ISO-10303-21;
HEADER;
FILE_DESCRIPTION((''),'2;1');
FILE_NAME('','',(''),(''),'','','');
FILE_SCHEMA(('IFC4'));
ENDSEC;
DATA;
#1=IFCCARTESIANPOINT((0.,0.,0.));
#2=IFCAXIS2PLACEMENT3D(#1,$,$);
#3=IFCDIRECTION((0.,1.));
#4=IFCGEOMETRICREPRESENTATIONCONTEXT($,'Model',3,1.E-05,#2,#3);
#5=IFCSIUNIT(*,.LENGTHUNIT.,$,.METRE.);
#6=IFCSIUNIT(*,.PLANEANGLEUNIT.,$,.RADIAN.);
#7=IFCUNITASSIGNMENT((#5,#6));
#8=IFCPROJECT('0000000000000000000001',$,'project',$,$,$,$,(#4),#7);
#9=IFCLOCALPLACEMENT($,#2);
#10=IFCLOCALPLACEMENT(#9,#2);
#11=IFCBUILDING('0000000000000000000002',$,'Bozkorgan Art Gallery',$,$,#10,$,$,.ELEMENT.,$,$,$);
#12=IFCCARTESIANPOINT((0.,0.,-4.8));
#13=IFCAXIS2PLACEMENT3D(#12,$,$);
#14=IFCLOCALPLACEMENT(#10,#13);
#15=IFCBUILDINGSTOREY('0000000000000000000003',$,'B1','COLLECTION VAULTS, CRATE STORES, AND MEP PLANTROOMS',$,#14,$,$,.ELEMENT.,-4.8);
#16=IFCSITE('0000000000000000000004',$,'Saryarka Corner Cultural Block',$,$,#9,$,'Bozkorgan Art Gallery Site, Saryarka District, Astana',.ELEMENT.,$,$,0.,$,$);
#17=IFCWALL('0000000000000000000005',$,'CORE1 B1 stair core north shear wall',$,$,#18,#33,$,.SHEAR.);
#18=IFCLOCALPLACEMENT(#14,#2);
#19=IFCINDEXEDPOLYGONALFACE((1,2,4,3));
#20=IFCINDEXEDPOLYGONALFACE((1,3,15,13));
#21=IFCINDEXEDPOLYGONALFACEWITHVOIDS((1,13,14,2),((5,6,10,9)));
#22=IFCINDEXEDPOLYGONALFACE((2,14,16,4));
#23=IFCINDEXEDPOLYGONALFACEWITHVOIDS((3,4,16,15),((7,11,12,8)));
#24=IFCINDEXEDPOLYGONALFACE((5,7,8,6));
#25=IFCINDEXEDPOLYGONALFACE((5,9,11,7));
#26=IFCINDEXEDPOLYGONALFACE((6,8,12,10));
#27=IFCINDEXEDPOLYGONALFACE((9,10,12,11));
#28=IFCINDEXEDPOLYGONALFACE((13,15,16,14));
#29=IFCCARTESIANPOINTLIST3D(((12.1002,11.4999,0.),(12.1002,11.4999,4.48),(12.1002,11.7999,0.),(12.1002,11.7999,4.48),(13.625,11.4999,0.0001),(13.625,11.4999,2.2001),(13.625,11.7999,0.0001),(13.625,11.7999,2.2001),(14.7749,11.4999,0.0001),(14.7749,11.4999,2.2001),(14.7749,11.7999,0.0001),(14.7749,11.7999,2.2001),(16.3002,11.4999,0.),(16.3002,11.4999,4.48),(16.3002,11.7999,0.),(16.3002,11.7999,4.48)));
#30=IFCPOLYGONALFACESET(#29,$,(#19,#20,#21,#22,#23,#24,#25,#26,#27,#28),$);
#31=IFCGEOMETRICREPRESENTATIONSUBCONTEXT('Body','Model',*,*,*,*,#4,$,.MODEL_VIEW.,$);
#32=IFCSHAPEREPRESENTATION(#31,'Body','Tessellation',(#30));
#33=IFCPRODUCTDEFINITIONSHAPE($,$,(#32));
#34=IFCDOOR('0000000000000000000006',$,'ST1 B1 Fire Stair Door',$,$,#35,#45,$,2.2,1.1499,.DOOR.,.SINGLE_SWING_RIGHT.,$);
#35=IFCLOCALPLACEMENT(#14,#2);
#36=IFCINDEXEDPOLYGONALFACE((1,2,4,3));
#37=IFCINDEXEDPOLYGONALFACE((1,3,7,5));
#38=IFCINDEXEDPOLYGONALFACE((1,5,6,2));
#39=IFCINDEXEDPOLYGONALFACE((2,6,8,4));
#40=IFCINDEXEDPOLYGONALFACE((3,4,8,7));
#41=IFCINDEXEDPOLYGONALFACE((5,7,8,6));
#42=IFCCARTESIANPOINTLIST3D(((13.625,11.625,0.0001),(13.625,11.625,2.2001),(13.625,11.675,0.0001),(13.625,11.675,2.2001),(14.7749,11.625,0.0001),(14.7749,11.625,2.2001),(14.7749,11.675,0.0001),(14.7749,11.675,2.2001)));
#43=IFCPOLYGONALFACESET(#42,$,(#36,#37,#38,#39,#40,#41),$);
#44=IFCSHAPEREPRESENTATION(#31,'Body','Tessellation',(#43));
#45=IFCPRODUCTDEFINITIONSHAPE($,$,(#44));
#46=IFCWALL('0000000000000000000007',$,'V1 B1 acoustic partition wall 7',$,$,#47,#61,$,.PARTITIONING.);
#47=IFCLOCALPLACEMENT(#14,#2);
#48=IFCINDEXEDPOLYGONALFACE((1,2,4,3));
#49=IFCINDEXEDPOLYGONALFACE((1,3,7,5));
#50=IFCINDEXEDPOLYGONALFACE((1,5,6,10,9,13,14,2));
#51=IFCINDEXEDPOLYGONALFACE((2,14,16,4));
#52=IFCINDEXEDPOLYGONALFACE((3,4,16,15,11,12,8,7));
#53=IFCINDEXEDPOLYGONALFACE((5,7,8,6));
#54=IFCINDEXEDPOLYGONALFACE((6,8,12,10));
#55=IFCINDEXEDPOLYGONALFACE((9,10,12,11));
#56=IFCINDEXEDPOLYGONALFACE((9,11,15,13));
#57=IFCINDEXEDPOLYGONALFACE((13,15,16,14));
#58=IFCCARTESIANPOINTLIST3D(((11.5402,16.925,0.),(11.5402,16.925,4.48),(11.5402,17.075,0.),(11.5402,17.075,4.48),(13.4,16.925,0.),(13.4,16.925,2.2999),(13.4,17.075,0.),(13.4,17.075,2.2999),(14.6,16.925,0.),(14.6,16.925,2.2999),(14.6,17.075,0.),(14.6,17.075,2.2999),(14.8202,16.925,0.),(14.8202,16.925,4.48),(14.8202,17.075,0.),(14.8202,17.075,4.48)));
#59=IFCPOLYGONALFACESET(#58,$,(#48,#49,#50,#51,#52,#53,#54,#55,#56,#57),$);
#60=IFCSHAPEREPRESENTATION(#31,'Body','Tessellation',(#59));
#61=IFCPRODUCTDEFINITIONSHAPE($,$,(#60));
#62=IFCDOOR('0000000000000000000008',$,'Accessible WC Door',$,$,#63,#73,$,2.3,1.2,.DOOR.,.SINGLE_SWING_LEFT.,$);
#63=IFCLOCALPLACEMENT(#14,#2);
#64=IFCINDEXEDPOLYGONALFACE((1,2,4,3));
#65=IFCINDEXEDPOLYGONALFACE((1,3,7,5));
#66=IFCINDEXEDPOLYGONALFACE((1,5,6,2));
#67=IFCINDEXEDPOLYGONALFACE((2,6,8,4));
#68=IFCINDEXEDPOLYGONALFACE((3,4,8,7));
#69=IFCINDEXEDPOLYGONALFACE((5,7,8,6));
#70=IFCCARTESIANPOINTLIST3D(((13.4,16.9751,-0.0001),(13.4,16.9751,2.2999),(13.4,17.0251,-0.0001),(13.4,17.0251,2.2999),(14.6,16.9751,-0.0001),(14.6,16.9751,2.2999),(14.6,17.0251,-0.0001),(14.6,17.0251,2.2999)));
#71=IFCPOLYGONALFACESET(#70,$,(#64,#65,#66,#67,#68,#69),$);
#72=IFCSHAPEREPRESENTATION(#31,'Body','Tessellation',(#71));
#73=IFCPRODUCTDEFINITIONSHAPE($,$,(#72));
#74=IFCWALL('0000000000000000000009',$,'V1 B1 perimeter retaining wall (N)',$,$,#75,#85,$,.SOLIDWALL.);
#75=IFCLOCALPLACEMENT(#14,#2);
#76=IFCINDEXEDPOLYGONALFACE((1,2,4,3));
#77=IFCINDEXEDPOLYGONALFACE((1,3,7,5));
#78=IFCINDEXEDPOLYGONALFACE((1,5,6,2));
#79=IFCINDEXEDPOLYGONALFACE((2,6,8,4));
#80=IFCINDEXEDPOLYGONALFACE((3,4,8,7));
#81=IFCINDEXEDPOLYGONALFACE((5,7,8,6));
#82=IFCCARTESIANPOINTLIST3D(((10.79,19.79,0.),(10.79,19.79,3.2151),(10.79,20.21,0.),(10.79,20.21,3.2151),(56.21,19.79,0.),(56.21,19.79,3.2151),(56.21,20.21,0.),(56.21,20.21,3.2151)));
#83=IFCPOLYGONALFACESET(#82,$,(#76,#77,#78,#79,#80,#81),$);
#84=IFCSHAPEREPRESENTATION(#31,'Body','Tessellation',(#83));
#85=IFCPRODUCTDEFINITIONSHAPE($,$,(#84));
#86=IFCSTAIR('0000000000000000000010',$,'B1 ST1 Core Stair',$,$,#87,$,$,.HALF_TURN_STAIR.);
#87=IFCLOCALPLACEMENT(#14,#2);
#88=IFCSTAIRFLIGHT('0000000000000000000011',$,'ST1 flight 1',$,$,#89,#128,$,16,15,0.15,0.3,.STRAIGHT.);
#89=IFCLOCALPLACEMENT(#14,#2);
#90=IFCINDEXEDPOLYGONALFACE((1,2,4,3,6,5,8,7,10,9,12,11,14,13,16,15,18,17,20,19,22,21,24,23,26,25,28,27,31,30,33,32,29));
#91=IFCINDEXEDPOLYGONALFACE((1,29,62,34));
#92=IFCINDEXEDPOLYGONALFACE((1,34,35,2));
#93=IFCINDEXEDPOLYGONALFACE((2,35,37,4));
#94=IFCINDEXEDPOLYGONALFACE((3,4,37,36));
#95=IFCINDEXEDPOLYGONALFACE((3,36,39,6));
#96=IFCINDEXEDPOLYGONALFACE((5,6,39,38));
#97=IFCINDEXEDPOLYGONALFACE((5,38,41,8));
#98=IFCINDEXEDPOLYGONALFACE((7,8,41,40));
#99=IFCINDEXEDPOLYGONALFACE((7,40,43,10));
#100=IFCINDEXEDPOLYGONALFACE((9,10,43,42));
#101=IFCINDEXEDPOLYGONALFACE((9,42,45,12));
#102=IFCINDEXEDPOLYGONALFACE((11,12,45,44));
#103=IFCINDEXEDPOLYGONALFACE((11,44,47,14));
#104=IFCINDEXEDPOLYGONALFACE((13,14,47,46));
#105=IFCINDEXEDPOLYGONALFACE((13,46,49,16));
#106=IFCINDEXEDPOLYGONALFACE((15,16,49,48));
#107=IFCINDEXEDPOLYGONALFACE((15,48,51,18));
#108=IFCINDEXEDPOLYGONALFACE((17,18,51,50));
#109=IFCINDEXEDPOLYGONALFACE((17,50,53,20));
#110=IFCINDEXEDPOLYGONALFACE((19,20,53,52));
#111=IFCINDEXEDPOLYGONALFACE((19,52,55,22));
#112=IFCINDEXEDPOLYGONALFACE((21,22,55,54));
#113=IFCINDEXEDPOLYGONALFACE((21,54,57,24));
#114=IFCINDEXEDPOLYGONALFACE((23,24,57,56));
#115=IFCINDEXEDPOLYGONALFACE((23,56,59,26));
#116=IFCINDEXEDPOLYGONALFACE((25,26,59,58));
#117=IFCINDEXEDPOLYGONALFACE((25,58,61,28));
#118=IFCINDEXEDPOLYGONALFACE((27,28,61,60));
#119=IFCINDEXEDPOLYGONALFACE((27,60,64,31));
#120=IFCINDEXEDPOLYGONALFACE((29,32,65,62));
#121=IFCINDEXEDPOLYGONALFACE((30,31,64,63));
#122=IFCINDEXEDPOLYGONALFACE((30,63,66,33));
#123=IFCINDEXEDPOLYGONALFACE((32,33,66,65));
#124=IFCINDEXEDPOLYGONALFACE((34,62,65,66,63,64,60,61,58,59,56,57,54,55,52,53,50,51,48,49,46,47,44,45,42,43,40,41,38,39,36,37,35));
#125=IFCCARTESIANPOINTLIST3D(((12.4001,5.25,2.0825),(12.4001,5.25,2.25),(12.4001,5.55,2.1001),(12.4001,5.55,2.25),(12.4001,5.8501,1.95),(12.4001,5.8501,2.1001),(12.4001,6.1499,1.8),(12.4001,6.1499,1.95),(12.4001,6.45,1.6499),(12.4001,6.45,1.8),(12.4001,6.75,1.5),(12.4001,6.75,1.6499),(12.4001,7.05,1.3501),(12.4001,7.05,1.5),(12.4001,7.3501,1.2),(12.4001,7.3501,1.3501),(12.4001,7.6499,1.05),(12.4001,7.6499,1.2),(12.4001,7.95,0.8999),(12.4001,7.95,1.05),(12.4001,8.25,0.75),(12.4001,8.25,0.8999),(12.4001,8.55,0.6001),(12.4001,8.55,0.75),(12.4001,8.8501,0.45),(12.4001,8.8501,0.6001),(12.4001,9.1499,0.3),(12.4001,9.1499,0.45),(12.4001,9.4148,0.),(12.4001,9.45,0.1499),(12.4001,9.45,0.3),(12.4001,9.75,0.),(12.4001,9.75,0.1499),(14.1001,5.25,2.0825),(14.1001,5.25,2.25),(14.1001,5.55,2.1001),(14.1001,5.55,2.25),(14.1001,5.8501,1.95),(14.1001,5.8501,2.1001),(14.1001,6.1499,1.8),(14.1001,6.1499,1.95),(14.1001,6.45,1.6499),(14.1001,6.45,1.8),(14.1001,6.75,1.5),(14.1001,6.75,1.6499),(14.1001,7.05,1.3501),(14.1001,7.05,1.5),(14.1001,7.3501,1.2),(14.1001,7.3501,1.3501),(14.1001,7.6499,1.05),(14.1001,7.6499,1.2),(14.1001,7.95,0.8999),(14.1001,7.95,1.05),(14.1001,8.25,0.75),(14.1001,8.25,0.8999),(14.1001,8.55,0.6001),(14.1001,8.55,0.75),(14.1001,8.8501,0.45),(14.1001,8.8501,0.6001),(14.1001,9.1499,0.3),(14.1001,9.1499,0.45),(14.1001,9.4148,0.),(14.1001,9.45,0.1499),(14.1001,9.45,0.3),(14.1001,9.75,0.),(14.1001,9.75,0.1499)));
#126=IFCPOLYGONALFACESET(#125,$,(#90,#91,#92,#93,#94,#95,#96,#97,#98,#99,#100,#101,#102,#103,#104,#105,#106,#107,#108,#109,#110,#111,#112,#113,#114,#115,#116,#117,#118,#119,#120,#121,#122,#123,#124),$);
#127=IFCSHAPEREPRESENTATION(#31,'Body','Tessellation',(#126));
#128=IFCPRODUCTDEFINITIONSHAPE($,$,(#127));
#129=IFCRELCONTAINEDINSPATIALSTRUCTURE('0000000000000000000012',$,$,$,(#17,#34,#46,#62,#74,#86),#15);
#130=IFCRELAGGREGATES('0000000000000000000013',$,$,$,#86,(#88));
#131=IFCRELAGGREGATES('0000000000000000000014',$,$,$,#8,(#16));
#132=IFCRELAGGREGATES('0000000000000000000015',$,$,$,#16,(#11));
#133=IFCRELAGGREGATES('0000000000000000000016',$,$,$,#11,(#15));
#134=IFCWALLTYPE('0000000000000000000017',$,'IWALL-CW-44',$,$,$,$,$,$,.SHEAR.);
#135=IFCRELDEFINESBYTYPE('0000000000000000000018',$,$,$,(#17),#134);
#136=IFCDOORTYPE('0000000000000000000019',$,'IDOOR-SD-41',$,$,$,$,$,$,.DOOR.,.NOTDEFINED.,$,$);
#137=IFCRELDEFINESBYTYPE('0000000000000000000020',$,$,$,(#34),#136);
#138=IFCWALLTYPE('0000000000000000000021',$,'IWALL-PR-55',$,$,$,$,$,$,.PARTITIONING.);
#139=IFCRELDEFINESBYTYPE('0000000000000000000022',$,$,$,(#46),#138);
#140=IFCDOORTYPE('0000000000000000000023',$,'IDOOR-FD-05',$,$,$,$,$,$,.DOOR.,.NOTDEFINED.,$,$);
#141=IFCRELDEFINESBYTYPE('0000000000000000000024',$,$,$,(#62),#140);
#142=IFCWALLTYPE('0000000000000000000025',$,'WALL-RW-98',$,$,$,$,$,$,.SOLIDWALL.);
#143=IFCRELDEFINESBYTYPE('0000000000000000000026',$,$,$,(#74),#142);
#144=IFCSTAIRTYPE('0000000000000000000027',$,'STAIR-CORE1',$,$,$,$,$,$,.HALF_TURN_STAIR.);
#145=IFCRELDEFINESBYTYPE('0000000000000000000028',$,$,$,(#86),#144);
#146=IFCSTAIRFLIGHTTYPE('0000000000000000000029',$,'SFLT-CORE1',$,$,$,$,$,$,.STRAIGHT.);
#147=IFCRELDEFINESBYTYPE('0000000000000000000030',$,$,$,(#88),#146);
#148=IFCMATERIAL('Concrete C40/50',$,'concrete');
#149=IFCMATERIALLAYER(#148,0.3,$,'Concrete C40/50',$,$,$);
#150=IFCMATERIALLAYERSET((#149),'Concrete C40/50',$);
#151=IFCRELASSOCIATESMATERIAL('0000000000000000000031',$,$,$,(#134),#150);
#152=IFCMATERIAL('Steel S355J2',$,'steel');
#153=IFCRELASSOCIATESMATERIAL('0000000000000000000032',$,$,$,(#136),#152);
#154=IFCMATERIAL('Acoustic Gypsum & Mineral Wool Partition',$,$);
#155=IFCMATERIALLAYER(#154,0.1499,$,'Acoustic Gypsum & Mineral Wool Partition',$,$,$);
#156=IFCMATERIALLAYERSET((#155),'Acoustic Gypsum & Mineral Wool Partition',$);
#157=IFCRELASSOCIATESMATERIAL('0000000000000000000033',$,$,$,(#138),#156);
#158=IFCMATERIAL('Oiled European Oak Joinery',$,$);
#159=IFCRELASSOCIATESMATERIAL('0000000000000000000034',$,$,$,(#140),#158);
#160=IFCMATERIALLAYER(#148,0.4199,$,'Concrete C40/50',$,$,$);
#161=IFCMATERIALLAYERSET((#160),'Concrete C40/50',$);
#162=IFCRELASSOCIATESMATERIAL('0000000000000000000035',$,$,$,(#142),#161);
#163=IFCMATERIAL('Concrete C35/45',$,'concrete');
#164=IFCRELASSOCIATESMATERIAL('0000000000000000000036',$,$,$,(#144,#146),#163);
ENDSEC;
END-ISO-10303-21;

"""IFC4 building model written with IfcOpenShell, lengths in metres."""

from ifc_helpers import new_model, si_unit, direction, frame, frame_2d, origin, place, context, subcontext, project, spatial, polyline, rectangle, outline, extrude, material, layer, layer_set, type_object, element, fill, aggregate, save


model = new_model("IFC4")

# Units and contexts
model_context = context("Model", 3, precision=1e-05, world=origin(), true_north=direction((0.0, 1.0)))
body_context = subcontext(model_context, "Body", "Model", "MODEL_VIEW")
ifc_project = project(units=[si_unit("LENGTHUNIT", "METRE"), si_unit("PLANEANGLEUNIT", "RADIAN")], contexts=[model_context])

# Site, building, storey
site_placement = place(None, origin())
site = spatial("IfcSite", under=ifc_project, at=site_placement, Name="Saryarka Corner Cultural Block", LongName="Bozkorgan Art Gallery Site, Saryarka District, Astana", CompositionType="ELEMENT", RefElevation=0.0)
building_placement = place(site_placement, origin())
building = spatial("IfcBuilding", under=site, at=building_placement, Name="Bozkorgan Art Gallery", CompositionType="ELEMENT")
storey_placement = place(building_placement, frame((0.0, 0.0, -4.8)))
storey = spatial("IfcBuildingStorey", under=building, at=storey_placement, Name="B1", Description="COLLECTION VAULTS, CRATE STORES, AND MEP PLANTROOMS", CompositionType="ELEMENT", Elevation=-4.8)

# Shared definitions
ifc_material_1 = material(Name="Concrete C40/50", Category="concrete")

# Shared definitions
ifc_material_2 = material(Name="Concrete C35/45", Category="concrete")
ifc_material_3 = material(Name="Steel S355J2", Category="steel")

# Walls, openings, doors
ifc_layer_1 = layer(ifc_material_1, 0.3, Name="Concrete C40/50")
ifc_layer_set_1 = layer_set([ifc_layer_1], Name="Concrete C40/50")
wall_type_1 = type_object("IfcWallType", Name="IWALL-CW-44", PredefinedType="SHEAR", material=ifc_layer_set_1)
wall_1_placement = place(storey_placement, frame((12.1001, 11.6499, 0.0), z_axis=(0.0, 0.0, 1.0), x_axis=(1.0, 0.0, 0.0)))
wall_1 = element("IfcWall", 1, at=wall_1_placement, inside=storey, type_object=wall_type_1, Name="CORE1 B1 stair core north shear wall", PredefinedType="SHEAR", context=body_context, shape_type="SweptSolid", body=[
    extrude(rectangle(XDim=4.2, YDim=0.3, at=frame_2d((2.1001, 0.0))), origin(), (0.0, 0.0, 1.0), 4.48),
])
opening_1_placement = place(wall_1_placement, frame((2.6748, 0.0, 0.0), z_axis=(0.0, 0.0, 1.0), x_axis=(-1.0, 0.0, 0.0)))
opening_1 = element("IfcOpeningElement", 2, at=opening_1_placement, cuts=wall_1, PredefinedType="OPENING", context=body_context, shape_type="SweptSolid", body=[
    extrude(rectangle(XDim=1.1499, YDim=2.2, at=frame_2d((0.575, 1.1001))), frame((0.0, 0.1602, 0.0), z_axis=(0.0, -1.0, 0.0), x_axis=(1.0, 0.0, 0.0)), (0.0, 0.0, 1.0), 0.3201),
])
door_type_1 = type_object("IfcDoorType", Name="IDOOR-SD-41", OperationType="NOTDEFINED", PredefinedType="DOOR", material=ifc_material_3)
door_1_placement = place(opening_1_placement, origin())
door_1 = element("IfcDoor", 3, at=door_1_placement, inside=storey, type_object=door_type_1, Name="ST1 B1 Fire Stair Door", OperationType="SINGLE_SWING_RIGHT", OverallHeight=2.2, OverallWidth=1.1499, PredefinedType="DOOR", context=body_context, shape_type="SweptSolid", body=[
    extrude(rectangle(XDim=1.1499, YDim=2.2, at=frame_2d((0.575, 1.1001))), frame((0.0, 0.0249, 0.0), z_axis=(0.0, -1.0, 0.0), x_axis=(1.0, 0.0, 0.0)), (0.0, 0.0, 1.0), 0.05),
])
fill(opening_1, door_1)
ifc_material_4 = material(Name="Acoustic Gypsum & Mineral Wool Partition")
ifc_layer_2 = layer(ifc_material_4, 0.1499, Name="Acoustic Gypsum & Mineral Wool Partition")
ifc_layer_set_2 = layer_set([ifc_layer_2], Name="Acoustic Gypsum & Mineral Wool Partition")
wall_type_2 = type_object("IfcWallType", Name="IWALL-PR-55", PredefinedType="PARTITIONING", material=ifc_layer_set_2)
wall_2_placement = place(storey_placement, frame((11.54, 17.0, 0.0), z_axis=(0.0, 0.0, 1.0), x_axis=(1.0, 0.0, 0.0)))
wall_2 = element("IfcWall", 4, at=wall_2_placement, inside=storey, type_object=wall_type_2, Name="V1 B1 acoustic partition wall 7", PredefinedType="PARTITIONING", context=body_context, shape_type="SweptSolid", body=[
    extrude(rectangle(XDim=3.28, YDim=0.1499, at=frame_2d((1.6401, 0.0))), origin(), (0.0, 0.0, 1.0), 4.48),
])
opening_2_placement = place(wall_2_placement, frame((3.0601, 0.0, 0.0), z_axis=(0.0, 0.0, 1.0), x_axis=(-1.0, 0.0, 0.0)))
opening_2 = element("IfcOpeningElement", 5, at=opening_2_placement, cuts=wall_2, PredefinedType="OPENING", context=body_context, shape_type="SweptSolid", body=[
    extrude(rectangle(XDim=1.2, YDim=2.3, at=frame_2d((0.6001, 1.1499))), frame((0.0, 0.085, 0.0), z_axis=(0.0, -1.0, 0.0), x_axis=(1.0, 0.0, 0.0)), (0.0, 0.0, 1.0), 0.1699),
])
ifc_material_5 = material(Name="Oiled European Oak Joinery")
door_type_2 = type_object("IfcDoorType", Name="IDOOR-FD-05", OperationType="NOTDEFINED", PredefinedType="DOOR", material=ifc_material_5)
door_2_placement = place(opening_2_placement, origin())
door_2 = element("IfcDoor", 6, at=door_2_placement, inside=storey, type_object=door_type_2, Name="Accessible WC Door", OperationType="SINGLE_SWING_LEFT", OverallHeight=2.3, OverallWidth=1.2, PredefinedType="DOOR", context=body_context, shape_type="SweptSolid", body=[
    extrude(rectangle(XDim=1.2, YDim=2.3, at=frame_2d((0.6001, 1.1499))), frame((0.0, 0.0249, 0.0), z_axis=(0.0, -1.0, 0.0), x_axis=(1.0, 0.0, 0.0)), (0.0, 0.0, 1.0), 0.05),
])
fill(opening_2, door_2)

# Wall
ifc_layer_3 = layer(ifc_material_1, 0.4199, Name="Concrete C40/50")
ifc_layer_set_3 = layer_set([ifc_layer_3], Name="Concrete C40/50")
wall_type_3 = type_object("IfcWallType", Name="WALL-RW-98", PredefinedType="SOLIDWALL", material=ifc_layer_set_3)
wall_3_placement = place(storey_placement, frame((10.79, 20.0, 0.0), z_axis=(0.0, 0.0, 1.0), x_axis=(1.0, 0.0, 0.0)))
element("IfcWall", 7, at=wall_3_placement, inside=storey, type_object=wall_type_3, Name="V1 B1 perimeter retaining wall (N)", PredefinedType="SOLIDWALL", context=body_context, shape_type="SweptSolid", body=[
    extrude(rectangle(XDim=45.4199, YDim=0.4199, at=frame_2d((22.71, 0.0))), origin(), (0.0, 0.0, 1.0), 3.2151),
])

# Stair, stair flight
stair_type = type_object("IfcStairType", Name="STAIR-CORE1", PredefinedType="HALF_TURN_STAIR", material=ifc_material_2)
stair_placement = place(storey_placement, origin())
stair = element("IfcStair", 8, at=stair_placement, inside=storey, type_object=stair_type, Name="B1 ST1 Core Stair", PredefinedType="HALF_TURN_STAIR")
stair_flight_type = type_object("IfcStairFlightType", Name="SFLT-CORE1", PredefinedType="STRAIGHT", material=ifc_material_2)
stair_flight_placement = place(storey_placement, frame((13.25, 9.75, 0.0), z_axis=(0.0, 0.0, 1.0), x_axis=(0.0, -1.0, 0.0)))
stair_flight = element("IfcStairFlight", 9, at=stair_flight_placement, type_object=stair_flight_type, Name="ST1 flight 1", NumberOfRisers=16, NumberOfTreads=15, PredefinedType="STRAIGHT", RiserHeight=0.15, TreadLength=0.3, context=body_context, shape_type="SweptSolid", body=[
    extrude(outline(polyline([(0.0, 0.0), (0.0, 0.1499), (0.3, 0.1499), (0.3, 0.3), (0.6001, 0.3), (0.6001, 0.45), (0.8999, 0.45), (0.8999, 0.6001), (1.2, 0.6001), (1.2, 0.75), (1.5, 0.75), (1.5, 0.8999), (1.8, 0.8999), (1.8, 1.05), (2.1001, 1.05), (2.1001, 1.2), (2.3999, 1.2), (2.3999, 1.3501), (2.7, 1.3501), (2.7, 1.5), (3.0, 1.5), (3.0, 1.6499), (3.3, 1.6499), (3.3, 1.8), (3.6001, 1.8), (3.6001, 1.95), (3.8999, 1.95), (3.8999, 2.1001), (4.2, 2.1001), (4.2, 2.25), (4.5, 2.25), (4.5, 2.3999), (4.5, 2.0825), (0.3352, 0.0), (0.0, 0.0)])), frame((0.0, 0.8501, 0.0), z_axis=(0.0, -1.0, 0.0), x_axis=(1.0, 0.0, 0.0)), (0.0, 0.0, 1.0), 1.7),
])
aggregate(stair, [stair_flight])

save(model, "model.ifc")
